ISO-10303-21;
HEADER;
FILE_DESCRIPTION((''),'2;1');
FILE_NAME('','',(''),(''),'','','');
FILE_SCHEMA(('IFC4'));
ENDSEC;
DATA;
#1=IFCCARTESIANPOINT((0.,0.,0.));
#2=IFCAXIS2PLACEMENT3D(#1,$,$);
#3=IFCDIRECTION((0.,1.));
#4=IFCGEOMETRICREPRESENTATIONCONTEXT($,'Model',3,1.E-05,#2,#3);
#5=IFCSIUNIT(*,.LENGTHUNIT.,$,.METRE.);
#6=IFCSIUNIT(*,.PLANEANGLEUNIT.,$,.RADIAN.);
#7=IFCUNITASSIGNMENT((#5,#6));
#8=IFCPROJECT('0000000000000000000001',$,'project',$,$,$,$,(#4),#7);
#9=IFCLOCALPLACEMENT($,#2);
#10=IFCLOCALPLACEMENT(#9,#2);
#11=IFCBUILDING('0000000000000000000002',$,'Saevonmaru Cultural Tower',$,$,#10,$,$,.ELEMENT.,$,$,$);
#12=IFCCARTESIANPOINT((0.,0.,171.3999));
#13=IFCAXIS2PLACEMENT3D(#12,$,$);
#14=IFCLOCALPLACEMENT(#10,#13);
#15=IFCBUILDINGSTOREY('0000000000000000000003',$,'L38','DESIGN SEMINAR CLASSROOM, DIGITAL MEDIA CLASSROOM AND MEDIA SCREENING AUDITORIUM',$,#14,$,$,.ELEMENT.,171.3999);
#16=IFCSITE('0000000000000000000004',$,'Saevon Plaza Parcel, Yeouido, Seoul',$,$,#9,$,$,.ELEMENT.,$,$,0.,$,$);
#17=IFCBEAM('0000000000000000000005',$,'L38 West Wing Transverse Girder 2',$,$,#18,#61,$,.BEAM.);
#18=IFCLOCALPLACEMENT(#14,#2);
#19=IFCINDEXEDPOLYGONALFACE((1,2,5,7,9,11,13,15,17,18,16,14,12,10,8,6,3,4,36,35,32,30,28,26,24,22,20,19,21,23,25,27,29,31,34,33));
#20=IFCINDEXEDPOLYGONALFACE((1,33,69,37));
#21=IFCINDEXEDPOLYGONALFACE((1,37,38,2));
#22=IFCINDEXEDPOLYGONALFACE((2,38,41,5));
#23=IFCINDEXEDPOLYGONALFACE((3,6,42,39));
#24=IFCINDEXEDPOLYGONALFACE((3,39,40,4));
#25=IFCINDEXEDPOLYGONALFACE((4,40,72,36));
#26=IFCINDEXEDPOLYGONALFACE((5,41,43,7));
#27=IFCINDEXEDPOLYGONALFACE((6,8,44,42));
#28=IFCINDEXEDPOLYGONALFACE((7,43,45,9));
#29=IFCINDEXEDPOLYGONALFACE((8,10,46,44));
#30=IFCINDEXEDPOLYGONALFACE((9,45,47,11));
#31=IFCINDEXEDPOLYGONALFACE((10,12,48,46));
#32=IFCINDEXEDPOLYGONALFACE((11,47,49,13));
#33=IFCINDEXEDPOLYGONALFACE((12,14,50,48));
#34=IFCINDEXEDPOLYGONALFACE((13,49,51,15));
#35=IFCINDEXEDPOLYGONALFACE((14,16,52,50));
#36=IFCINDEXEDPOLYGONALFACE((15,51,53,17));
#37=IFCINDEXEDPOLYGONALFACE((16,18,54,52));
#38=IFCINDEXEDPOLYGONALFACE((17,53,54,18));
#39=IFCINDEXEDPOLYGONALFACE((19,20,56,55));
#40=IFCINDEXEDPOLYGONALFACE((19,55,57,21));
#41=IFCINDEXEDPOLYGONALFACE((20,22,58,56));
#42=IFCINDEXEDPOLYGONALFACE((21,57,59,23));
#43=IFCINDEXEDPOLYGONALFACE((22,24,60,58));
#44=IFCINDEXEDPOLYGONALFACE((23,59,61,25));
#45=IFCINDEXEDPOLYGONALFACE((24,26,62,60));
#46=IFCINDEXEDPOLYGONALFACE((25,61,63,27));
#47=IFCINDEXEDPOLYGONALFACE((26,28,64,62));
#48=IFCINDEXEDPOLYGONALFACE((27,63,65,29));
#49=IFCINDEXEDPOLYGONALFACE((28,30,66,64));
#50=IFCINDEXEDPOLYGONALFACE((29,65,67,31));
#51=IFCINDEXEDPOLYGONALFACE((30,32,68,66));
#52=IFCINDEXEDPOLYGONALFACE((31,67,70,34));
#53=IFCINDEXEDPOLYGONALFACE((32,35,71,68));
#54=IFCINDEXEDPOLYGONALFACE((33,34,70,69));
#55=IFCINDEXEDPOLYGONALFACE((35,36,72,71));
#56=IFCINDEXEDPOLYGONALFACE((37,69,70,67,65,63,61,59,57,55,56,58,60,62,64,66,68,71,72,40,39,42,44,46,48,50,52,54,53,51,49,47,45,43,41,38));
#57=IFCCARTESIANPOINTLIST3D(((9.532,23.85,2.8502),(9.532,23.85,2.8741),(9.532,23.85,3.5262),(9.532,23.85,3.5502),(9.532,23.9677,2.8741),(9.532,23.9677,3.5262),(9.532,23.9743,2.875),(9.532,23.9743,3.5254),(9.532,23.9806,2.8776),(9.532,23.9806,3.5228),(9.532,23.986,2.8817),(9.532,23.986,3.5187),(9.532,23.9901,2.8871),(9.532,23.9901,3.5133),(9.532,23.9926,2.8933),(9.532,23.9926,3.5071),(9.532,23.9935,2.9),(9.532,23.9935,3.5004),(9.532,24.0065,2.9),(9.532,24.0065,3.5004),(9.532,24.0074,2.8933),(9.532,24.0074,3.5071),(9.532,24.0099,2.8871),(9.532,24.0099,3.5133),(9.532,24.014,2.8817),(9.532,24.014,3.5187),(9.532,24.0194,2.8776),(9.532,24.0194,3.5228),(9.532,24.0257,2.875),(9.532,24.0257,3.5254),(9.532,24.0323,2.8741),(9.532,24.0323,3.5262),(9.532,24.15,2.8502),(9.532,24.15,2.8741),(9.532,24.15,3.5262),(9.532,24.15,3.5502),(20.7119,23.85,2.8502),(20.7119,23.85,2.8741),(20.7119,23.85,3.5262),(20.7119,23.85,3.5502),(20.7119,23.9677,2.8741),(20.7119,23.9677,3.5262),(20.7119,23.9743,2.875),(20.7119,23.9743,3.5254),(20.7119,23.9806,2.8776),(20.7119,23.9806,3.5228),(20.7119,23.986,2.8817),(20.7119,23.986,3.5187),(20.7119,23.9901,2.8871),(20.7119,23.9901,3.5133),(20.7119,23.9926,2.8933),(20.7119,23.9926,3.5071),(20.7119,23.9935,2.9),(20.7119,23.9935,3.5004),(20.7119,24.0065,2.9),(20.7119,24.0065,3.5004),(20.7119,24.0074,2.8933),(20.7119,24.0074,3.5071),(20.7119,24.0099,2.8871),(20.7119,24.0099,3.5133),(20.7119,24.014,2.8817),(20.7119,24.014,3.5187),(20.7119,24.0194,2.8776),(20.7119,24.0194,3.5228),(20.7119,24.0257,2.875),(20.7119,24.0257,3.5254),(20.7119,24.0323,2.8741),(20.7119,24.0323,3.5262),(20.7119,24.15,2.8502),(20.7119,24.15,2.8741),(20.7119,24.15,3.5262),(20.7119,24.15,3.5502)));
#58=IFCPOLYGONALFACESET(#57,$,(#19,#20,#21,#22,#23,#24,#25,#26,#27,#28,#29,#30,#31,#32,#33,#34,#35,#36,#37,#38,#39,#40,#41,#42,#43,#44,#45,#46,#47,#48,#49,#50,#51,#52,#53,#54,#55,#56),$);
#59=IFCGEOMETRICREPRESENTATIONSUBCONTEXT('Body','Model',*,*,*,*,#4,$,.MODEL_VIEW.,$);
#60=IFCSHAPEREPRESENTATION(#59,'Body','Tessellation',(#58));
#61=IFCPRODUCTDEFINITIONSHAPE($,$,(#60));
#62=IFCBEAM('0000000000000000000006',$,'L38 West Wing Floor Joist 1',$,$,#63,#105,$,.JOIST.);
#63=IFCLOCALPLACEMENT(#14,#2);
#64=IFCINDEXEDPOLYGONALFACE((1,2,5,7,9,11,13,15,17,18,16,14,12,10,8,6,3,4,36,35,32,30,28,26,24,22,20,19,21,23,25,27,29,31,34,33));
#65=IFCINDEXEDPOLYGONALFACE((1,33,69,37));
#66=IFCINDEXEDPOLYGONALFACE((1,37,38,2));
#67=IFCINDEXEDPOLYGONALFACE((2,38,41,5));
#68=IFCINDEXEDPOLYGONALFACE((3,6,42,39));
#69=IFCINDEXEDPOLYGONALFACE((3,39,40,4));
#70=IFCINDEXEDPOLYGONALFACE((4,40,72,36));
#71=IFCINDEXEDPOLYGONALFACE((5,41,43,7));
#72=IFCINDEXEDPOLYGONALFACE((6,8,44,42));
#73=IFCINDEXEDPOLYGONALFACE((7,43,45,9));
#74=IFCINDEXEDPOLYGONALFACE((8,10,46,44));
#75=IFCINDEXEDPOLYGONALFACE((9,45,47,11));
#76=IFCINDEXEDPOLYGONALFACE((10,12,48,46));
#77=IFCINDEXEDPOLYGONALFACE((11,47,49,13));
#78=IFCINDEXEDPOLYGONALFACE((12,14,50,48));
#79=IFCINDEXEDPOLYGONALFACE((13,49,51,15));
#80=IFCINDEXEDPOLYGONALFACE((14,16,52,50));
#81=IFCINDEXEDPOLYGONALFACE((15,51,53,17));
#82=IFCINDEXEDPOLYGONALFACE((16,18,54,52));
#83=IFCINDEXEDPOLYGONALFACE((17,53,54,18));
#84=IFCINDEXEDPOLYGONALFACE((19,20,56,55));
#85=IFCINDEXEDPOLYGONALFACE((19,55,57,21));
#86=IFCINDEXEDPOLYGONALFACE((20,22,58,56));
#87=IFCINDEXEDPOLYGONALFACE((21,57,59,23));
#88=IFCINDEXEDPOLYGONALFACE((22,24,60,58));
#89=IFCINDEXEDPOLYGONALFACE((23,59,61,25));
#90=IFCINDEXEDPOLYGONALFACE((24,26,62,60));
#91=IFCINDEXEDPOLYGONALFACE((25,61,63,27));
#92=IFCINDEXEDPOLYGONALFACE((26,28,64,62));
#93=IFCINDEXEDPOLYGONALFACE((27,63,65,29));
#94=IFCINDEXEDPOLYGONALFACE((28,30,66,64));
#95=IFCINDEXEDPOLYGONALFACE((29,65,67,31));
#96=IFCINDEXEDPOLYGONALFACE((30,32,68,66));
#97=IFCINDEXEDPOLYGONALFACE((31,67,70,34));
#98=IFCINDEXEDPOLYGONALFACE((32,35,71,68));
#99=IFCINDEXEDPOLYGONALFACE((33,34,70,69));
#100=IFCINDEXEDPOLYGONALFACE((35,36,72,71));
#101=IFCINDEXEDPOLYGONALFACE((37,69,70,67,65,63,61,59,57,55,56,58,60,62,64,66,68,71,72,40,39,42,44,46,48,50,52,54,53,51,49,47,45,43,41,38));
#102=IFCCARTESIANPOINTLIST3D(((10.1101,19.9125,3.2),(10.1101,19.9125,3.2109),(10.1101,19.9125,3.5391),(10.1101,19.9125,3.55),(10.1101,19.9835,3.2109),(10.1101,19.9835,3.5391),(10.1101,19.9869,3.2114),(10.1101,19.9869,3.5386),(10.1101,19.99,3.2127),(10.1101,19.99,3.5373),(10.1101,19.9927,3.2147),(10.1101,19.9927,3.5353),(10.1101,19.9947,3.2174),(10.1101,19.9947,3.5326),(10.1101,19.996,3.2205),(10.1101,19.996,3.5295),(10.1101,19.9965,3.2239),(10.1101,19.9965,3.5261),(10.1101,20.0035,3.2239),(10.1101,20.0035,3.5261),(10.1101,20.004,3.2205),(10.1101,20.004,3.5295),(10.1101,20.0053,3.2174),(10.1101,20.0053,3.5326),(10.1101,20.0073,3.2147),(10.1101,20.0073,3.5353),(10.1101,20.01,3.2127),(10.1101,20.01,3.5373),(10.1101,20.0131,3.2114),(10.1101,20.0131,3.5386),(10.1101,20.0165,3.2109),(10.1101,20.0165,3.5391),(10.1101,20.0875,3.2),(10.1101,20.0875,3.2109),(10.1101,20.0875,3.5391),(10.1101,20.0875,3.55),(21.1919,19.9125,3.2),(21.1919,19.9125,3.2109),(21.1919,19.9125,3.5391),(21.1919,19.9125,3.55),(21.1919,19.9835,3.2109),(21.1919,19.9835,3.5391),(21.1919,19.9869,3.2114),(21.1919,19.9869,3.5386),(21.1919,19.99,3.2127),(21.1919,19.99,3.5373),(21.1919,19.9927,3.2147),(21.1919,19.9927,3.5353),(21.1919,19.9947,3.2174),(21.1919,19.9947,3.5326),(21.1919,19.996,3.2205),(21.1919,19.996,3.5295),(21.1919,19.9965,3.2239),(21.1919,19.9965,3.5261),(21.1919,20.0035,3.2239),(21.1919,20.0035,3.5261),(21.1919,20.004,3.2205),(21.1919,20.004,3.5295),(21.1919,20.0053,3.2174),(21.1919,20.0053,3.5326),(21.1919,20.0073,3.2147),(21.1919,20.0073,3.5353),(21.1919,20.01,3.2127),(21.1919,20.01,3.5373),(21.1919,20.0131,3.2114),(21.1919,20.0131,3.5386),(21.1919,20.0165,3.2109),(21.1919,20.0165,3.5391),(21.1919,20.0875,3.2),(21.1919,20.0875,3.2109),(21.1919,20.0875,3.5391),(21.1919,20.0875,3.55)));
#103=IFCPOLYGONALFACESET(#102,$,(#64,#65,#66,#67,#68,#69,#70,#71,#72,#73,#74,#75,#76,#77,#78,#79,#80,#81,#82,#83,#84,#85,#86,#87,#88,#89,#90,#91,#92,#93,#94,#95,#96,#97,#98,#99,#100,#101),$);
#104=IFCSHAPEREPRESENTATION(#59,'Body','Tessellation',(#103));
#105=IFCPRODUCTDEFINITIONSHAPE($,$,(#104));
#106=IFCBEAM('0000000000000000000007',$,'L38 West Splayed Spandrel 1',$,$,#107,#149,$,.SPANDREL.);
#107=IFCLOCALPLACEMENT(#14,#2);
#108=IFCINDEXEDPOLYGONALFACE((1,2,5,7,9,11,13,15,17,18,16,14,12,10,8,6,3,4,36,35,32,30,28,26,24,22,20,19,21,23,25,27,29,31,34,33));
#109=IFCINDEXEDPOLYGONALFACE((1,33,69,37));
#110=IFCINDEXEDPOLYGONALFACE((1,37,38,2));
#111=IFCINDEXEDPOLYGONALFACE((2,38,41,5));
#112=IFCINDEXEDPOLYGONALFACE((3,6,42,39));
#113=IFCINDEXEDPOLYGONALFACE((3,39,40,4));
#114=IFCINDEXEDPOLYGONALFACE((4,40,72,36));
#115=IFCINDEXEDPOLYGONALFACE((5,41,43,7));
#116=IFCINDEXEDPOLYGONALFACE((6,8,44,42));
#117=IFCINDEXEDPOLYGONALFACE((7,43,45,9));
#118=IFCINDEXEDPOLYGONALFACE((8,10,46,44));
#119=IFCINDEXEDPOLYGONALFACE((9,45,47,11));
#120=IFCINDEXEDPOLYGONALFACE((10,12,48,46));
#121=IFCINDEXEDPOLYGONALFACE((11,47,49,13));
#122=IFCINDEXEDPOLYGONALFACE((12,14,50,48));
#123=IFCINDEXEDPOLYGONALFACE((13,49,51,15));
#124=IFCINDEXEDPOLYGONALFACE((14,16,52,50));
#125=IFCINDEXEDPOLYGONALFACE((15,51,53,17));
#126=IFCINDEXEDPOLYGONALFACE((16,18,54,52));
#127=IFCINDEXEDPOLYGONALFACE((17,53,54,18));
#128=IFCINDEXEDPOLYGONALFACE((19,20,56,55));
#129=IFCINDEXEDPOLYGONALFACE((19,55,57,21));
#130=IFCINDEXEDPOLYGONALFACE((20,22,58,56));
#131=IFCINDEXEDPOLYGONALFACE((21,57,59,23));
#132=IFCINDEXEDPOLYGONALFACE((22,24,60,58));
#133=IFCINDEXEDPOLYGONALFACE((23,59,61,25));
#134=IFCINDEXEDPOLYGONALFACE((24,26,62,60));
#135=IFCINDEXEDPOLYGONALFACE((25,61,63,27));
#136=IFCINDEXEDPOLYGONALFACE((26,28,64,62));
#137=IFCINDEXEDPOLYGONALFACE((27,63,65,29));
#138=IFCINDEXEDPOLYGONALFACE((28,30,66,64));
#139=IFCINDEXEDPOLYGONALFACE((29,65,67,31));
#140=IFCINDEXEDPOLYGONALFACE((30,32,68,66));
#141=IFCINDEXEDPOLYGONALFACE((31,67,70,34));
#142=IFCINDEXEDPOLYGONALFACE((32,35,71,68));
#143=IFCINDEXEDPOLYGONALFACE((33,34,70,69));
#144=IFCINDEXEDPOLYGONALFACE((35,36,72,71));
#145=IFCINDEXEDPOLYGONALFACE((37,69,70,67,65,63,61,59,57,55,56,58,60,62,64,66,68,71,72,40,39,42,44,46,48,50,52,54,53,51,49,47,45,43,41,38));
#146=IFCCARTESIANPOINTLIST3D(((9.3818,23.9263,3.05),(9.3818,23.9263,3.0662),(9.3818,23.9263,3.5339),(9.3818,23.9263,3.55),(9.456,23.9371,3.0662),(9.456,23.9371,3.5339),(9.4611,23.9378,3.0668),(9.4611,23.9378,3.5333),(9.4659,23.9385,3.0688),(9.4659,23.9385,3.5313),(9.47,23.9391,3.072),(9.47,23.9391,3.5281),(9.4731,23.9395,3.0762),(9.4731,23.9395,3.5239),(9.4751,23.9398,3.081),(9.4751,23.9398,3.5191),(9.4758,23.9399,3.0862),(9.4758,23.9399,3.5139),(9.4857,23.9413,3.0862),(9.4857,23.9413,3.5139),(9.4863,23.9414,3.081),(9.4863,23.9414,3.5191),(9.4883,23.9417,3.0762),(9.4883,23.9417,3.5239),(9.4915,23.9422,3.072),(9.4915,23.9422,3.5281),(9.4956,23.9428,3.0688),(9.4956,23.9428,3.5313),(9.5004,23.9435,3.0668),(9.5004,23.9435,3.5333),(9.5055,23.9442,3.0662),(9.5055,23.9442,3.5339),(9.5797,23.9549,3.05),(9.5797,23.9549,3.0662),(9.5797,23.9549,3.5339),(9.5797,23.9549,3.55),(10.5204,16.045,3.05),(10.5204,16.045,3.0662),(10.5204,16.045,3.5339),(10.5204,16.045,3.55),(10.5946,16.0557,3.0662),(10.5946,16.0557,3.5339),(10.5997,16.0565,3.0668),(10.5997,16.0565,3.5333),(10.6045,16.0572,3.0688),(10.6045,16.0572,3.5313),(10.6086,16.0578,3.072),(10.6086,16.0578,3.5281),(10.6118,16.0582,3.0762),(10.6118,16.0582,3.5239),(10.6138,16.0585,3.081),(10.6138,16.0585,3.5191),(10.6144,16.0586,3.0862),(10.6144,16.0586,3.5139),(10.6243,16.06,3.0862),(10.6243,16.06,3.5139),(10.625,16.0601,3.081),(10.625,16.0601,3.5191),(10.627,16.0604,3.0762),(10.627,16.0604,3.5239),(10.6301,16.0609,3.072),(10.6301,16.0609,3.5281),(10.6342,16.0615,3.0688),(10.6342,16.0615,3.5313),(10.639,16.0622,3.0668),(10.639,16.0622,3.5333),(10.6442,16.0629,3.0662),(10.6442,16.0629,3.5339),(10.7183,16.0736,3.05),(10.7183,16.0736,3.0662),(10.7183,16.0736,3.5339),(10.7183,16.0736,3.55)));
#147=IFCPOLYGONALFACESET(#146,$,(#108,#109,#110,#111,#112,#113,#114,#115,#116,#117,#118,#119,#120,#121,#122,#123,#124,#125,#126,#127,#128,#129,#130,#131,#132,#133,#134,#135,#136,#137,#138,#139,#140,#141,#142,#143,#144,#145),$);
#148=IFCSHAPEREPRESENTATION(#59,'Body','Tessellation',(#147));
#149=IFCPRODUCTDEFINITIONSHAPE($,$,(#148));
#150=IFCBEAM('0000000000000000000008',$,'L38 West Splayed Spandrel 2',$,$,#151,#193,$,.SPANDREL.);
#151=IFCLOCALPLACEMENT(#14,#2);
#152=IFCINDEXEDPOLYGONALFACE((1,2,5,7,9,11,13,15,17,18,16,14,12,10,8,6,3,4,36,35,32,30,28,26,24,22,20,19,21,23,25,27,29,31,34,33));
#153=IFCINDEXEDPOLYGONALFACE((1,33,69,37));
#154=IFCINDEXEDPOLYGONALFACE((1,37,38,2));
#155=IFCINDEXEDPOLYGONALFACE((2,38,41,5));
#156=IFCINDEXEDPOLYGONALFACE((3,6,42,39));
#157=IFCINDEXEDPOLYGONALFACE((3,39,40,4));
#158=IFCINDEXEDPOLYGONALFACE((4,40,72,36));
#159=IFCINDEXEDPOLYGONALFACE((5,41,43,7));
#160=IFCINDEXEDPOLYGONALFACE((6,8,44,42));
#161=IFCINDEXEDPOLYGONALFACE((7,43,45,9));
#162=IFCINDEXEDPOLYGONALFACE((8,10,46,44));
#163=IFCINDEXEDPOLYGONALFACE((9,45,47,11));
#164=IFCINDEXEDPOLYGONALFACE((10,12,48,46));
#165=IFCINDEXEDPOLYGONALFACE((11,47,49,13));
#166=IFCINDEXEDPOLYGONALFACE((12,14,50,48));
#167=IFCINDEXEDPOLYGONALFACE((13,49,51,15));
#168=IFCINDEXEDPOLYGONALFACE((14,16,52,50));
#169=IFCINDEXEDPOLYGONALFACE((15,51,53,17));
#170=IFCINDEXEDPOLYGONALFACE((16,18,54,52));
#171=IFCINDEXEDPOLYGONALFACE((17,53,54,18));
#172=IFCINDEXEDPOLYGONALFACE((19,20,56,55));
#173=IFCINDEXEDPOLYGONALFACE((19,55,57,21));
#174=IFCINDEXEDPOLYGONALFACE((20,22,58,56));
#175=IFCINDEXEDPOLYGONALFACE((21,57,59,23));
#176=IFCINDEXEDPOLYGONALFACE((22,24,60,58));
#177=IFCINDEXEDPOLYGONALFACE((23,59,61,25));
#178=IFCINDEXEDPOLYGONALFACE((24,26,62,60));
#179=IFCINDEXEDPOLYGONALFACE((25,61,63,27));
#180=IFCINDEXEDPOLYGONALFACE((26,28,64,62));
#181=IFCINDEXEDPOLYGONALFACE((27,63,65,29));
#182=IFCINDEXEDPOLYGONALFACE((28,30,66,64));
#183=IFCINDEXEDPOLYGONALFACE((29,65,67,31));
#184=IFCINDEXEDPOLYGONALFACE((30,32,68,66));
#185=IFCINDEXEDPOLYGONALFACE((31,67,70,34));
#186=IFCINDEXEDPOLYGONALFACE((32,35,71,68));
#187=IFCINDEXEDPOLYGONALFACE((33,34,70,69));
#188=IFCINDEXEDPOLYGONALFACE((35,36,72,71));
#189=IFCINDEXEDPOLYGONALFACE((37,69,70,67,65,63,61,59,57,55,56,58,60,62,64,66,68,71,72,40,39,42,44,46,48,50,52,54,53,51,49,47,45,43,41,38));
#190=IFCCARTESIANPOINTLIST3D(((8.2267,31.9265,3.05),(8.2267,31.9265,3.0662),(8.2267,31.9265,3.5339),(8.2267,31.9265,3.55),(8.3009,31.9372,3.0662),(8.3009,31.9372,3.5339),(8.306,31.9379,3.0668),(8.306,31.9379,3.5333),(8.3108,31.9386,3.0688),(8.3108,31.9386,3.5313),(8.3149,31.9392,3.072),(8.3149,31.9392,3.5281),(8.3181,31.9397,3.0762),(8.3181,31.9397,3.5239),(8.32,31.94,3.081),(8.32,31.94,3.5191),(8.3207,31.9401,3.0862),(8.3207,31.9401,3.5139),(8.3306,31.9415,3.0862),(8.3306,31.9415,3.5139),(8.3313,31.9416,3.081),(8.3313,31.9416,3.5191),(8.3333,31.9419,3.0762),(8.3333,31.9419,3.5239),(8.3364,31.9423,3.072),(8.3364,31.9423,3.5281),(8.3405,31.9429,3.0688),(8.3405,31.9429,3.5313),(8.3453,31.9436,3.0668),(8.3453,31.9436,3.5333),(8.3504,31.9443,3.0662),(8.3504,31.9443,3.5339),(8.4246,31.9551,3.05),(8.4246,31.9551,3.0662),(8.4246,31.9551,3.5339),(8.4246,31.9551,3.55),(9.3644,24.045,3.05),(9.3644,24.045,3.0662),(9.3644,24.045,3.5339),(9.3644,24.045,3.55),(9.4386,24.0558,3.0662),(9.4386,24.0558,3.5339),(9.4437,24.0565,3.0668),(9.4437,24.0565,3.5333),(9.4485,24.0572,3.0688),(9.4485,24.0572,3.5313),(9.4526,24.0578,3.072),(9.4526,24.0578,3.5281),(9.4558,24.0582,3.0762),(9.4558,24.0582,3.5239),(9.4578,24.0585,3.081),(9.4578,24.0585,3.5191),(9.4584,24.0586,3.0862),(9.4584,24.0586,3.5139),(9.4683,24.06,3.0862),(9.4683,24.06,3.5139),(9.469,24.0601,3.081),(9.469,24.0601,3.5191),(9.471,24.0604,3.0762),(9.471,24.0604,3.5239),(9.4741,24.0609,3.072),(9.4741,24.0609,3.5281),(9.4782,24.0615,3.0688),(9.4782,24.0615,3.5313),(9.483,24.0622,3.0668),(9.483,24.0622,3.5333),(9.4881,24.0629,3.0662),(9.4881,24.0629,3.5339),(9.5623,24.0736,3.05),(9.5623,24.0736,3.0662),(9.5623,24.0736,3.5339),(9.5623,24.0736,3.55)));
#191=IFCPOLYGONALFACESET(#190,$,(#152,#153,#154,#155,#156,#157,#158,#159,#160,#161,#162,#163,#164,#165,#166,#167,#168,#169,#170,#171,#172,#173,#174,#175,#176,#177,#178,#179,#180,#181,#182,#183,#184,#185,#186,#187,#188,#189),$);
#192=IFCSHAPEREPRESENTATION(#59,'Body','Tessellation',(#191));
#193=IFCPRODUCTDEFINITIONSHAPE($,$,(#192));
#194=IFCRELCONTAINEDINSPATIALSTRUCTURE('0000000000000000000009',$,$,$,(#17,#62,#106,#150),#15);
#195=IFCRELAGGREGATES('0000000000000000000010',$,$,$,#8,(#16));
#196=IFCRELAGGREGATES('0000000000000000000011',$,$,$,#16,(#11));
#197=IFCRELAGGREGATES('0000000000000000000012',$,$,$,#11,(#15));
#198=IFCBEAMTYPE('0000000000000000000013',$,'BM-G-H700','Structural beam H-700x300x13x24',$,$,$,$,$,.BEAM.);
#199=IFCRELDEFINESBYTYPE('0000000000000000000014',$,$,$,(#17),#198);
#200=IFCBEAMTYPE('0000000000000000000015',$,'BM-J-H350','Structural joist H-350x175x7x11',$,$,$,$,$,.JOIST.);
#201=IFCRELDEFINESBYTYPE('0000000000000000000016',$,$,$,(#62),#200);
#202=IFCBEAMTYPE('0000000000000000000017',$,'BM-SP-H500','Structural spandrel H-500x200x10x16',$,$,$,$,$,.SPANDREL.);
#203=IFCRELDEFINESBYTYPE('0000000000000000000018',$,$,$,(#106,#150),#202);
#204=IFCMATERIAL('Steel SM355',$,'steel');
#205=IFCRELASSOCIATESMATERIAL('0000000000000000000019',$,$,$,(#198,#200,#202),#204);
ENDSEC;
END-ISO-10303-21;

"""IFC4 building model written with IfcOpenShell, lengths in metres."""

from ifc_helpers import new_model, si_unit, direction, frame, origin, origin_2d, place, context, subcontext, project, spatial, i_section, extrude, material, material_profile, profile_set, type_object, element, save


model = new_model("IFC4")

# Units and contexts
model_context = context("Model", 3, precision=1e-05, world=origin(), true_north=direction((0.0, 1.0)))
body_context = subcontext(model_context, "Body", "Model", "MODEL_VIEW")
ifc_project = project(units=[si_unit("LENGTHUNIT", "METRE"), si_unit("PLANEANGLEUNIT", "RADIAN")], contexts=[model_context])

# Site, building, storey
site_placement = place(None, origin())
site = spatial("IfcSite", under=ifc_project, at=site_placement, Name="Saevon Plaza Parcel, Yeouido, Seoul", CompositionType="ELEMENT", RefElevation=0.0)
building_placement = place(site_placement, origin())
building = spatial("IfcBuilding", under=site, at=building_placement, Name="Saevonmaru Cultural Tower", CompositionType="ELEMENT")
storey_placement = place(building_placement, frame((0.0, 0.0, 171.3999)))
storey = spatial("IfcBuildingStorey", under=building, at=storey_placement, Name="L38", Description="DESIGN SEMINAR CLASSROOM, DIGITAL MEDIA CLASSROOM AND MEDIA SCREENING AUDITORIUM", CompositionType="ELEMENT", Elevation=171.3999)

# Shared definitions
ifc_material_1 = material(Name="Steel SM355", Category="steel")

# Beams
ifc_material_profile_1 = material_profile(ifc_material_1, i_section(OverallWidth=0.3, OverallDepth=0.7, WebThickness=0.0129, FlangeThickness=0.0239, FilletRadius=0.0259, at=origin_2d()), Name="H-700x300x13x24")
ifc_profile_set_1 = profile_set([ifc_material_profile_1], Name="Steel SM355")
beam_type_1 = type_object("IfcBeamType", Name="BM-G-H700", Description="Structural beam H-700x300x13x24", PredefinedType="BEAM", material=ifc_profile_set_1)
for number, where, z_axis, x_axis, name in (
    (1, (9.532, 24.0, 3.2002), (1.0, 0.0, 0.0), (0.0, 1.0, 0.0), "L38 West Wing Transverse Girder 2"),
):
    element("IfcBeam", number, at=place(storey_placement, frame(where, z_axis=z_axis, x_axis=x_axis)), inside=storey, type_object=beam_type_1, Name=name, PredefinedType="BEAM", context=body_context, shape_type="SweptSolid", body=[
        extrude(i_section(OverallWidth=0.3, OverallDepth=0.7, WebThickness=0.0129, FlangeThickness=0.0239, FilletRadius=0.0259, at=origin_2d()), origin(), (0.0, 0.0, 1.0), 11.1799),
    ])
ifc_material_profile_2 = material_profile(ifc_material_1, i_section(OverallWidth=0.175, OverallDepth=0.3501, WebThickness=0.0071, FlangeThickness=0.011, FilletRadius=0.0129, at=origin_2d()), Name="H-350x175x7x11")
ifc_profile_set_2 = profile_set([ifc_material_profile_2], Name="Steel SM355")
beam_type_2 = type_object("IfcBeamType", Name="BM-J-H350", Description="Structural joist H-350x175x7x11", PredefinedType="JOIST", material=ifc_profile_set_2)
beam_1_placement = place(storey_placement, frame((10.1101, 20.0, 3.375), z_axis=(1.0, 0.0, 0.0), x_axis=(0.0, 1.0, 0.0)))
element("IfcBeam", 2, at=beam_1_placement, inside=storey, type_object=beam_type_2, Name="L38 West Wing Floor Joist 1", PredefinedType="JOIST", context=body_context, shape_type="SweptSolid", body=[
    extrude(i_section(OverallWidth=0.175, OverallDepth=0.3501, WebThickness=0.0071, FlangeThickness=0.011, FilletRadius=0.0129, at=origin_2d()), origin(), (0.0, 0.0, 1.0), 11.0818),
])
ifc_material_profile_3 = material_profile(ifc_material_1, i_section(OverallWidth=0.2, OverallDepth=0.5, WebThickness=0.01, FlangeThickness=0.0161, FilletRadius=0.02, at=origin_2d()), Name="H-500x200x10x16")
ifc_profile_set_3 = profile_set([ifc_material_profile_3], Name="Steel SM355")
beam_type_3 = type_object("IfcBeamType", Name="BM-SP-H500", Description="Structural spandrel H-500x200x10x16", PredefinedType="SPANDREL", material=ifc_profile_set_3)
for number, where, z_axis, x_axis, name in (
    (3, (10.6194, 16.0593, 3.3), (-0.142992, 0.989724, 0.0), (-0.989724, -0.142992, 0.0), "L38 West Splayed Spandrel 1"),
    (4, (9.4634, 24.0593, 3.3), (-0.142872, 0.989741, 0.0), (-0.989741, -0.142872, 0.0), "L38 West Splayed Spandrel 2"),
):
    element("IfcBeam", number, at=place(storey_placement, frame(where, z_axis=z_axis, x_axis=x_axis)), inside=storey, type_object=beam_type_3, Name=name, PredefinedType="SPANDREL", context=body_context, shape_type="SweptSolid", body=[
        extrude(i_section(OverallWidth=0.2, OverallDepth=0.5, WebThickness=0.01, FlangeThickness=0.0161, FilletRadius=0.02, at=origin_2d()), origin(), (0.0, 0.0, 1.0), 7.9631),
    ])

save(model, "model.ifc")
